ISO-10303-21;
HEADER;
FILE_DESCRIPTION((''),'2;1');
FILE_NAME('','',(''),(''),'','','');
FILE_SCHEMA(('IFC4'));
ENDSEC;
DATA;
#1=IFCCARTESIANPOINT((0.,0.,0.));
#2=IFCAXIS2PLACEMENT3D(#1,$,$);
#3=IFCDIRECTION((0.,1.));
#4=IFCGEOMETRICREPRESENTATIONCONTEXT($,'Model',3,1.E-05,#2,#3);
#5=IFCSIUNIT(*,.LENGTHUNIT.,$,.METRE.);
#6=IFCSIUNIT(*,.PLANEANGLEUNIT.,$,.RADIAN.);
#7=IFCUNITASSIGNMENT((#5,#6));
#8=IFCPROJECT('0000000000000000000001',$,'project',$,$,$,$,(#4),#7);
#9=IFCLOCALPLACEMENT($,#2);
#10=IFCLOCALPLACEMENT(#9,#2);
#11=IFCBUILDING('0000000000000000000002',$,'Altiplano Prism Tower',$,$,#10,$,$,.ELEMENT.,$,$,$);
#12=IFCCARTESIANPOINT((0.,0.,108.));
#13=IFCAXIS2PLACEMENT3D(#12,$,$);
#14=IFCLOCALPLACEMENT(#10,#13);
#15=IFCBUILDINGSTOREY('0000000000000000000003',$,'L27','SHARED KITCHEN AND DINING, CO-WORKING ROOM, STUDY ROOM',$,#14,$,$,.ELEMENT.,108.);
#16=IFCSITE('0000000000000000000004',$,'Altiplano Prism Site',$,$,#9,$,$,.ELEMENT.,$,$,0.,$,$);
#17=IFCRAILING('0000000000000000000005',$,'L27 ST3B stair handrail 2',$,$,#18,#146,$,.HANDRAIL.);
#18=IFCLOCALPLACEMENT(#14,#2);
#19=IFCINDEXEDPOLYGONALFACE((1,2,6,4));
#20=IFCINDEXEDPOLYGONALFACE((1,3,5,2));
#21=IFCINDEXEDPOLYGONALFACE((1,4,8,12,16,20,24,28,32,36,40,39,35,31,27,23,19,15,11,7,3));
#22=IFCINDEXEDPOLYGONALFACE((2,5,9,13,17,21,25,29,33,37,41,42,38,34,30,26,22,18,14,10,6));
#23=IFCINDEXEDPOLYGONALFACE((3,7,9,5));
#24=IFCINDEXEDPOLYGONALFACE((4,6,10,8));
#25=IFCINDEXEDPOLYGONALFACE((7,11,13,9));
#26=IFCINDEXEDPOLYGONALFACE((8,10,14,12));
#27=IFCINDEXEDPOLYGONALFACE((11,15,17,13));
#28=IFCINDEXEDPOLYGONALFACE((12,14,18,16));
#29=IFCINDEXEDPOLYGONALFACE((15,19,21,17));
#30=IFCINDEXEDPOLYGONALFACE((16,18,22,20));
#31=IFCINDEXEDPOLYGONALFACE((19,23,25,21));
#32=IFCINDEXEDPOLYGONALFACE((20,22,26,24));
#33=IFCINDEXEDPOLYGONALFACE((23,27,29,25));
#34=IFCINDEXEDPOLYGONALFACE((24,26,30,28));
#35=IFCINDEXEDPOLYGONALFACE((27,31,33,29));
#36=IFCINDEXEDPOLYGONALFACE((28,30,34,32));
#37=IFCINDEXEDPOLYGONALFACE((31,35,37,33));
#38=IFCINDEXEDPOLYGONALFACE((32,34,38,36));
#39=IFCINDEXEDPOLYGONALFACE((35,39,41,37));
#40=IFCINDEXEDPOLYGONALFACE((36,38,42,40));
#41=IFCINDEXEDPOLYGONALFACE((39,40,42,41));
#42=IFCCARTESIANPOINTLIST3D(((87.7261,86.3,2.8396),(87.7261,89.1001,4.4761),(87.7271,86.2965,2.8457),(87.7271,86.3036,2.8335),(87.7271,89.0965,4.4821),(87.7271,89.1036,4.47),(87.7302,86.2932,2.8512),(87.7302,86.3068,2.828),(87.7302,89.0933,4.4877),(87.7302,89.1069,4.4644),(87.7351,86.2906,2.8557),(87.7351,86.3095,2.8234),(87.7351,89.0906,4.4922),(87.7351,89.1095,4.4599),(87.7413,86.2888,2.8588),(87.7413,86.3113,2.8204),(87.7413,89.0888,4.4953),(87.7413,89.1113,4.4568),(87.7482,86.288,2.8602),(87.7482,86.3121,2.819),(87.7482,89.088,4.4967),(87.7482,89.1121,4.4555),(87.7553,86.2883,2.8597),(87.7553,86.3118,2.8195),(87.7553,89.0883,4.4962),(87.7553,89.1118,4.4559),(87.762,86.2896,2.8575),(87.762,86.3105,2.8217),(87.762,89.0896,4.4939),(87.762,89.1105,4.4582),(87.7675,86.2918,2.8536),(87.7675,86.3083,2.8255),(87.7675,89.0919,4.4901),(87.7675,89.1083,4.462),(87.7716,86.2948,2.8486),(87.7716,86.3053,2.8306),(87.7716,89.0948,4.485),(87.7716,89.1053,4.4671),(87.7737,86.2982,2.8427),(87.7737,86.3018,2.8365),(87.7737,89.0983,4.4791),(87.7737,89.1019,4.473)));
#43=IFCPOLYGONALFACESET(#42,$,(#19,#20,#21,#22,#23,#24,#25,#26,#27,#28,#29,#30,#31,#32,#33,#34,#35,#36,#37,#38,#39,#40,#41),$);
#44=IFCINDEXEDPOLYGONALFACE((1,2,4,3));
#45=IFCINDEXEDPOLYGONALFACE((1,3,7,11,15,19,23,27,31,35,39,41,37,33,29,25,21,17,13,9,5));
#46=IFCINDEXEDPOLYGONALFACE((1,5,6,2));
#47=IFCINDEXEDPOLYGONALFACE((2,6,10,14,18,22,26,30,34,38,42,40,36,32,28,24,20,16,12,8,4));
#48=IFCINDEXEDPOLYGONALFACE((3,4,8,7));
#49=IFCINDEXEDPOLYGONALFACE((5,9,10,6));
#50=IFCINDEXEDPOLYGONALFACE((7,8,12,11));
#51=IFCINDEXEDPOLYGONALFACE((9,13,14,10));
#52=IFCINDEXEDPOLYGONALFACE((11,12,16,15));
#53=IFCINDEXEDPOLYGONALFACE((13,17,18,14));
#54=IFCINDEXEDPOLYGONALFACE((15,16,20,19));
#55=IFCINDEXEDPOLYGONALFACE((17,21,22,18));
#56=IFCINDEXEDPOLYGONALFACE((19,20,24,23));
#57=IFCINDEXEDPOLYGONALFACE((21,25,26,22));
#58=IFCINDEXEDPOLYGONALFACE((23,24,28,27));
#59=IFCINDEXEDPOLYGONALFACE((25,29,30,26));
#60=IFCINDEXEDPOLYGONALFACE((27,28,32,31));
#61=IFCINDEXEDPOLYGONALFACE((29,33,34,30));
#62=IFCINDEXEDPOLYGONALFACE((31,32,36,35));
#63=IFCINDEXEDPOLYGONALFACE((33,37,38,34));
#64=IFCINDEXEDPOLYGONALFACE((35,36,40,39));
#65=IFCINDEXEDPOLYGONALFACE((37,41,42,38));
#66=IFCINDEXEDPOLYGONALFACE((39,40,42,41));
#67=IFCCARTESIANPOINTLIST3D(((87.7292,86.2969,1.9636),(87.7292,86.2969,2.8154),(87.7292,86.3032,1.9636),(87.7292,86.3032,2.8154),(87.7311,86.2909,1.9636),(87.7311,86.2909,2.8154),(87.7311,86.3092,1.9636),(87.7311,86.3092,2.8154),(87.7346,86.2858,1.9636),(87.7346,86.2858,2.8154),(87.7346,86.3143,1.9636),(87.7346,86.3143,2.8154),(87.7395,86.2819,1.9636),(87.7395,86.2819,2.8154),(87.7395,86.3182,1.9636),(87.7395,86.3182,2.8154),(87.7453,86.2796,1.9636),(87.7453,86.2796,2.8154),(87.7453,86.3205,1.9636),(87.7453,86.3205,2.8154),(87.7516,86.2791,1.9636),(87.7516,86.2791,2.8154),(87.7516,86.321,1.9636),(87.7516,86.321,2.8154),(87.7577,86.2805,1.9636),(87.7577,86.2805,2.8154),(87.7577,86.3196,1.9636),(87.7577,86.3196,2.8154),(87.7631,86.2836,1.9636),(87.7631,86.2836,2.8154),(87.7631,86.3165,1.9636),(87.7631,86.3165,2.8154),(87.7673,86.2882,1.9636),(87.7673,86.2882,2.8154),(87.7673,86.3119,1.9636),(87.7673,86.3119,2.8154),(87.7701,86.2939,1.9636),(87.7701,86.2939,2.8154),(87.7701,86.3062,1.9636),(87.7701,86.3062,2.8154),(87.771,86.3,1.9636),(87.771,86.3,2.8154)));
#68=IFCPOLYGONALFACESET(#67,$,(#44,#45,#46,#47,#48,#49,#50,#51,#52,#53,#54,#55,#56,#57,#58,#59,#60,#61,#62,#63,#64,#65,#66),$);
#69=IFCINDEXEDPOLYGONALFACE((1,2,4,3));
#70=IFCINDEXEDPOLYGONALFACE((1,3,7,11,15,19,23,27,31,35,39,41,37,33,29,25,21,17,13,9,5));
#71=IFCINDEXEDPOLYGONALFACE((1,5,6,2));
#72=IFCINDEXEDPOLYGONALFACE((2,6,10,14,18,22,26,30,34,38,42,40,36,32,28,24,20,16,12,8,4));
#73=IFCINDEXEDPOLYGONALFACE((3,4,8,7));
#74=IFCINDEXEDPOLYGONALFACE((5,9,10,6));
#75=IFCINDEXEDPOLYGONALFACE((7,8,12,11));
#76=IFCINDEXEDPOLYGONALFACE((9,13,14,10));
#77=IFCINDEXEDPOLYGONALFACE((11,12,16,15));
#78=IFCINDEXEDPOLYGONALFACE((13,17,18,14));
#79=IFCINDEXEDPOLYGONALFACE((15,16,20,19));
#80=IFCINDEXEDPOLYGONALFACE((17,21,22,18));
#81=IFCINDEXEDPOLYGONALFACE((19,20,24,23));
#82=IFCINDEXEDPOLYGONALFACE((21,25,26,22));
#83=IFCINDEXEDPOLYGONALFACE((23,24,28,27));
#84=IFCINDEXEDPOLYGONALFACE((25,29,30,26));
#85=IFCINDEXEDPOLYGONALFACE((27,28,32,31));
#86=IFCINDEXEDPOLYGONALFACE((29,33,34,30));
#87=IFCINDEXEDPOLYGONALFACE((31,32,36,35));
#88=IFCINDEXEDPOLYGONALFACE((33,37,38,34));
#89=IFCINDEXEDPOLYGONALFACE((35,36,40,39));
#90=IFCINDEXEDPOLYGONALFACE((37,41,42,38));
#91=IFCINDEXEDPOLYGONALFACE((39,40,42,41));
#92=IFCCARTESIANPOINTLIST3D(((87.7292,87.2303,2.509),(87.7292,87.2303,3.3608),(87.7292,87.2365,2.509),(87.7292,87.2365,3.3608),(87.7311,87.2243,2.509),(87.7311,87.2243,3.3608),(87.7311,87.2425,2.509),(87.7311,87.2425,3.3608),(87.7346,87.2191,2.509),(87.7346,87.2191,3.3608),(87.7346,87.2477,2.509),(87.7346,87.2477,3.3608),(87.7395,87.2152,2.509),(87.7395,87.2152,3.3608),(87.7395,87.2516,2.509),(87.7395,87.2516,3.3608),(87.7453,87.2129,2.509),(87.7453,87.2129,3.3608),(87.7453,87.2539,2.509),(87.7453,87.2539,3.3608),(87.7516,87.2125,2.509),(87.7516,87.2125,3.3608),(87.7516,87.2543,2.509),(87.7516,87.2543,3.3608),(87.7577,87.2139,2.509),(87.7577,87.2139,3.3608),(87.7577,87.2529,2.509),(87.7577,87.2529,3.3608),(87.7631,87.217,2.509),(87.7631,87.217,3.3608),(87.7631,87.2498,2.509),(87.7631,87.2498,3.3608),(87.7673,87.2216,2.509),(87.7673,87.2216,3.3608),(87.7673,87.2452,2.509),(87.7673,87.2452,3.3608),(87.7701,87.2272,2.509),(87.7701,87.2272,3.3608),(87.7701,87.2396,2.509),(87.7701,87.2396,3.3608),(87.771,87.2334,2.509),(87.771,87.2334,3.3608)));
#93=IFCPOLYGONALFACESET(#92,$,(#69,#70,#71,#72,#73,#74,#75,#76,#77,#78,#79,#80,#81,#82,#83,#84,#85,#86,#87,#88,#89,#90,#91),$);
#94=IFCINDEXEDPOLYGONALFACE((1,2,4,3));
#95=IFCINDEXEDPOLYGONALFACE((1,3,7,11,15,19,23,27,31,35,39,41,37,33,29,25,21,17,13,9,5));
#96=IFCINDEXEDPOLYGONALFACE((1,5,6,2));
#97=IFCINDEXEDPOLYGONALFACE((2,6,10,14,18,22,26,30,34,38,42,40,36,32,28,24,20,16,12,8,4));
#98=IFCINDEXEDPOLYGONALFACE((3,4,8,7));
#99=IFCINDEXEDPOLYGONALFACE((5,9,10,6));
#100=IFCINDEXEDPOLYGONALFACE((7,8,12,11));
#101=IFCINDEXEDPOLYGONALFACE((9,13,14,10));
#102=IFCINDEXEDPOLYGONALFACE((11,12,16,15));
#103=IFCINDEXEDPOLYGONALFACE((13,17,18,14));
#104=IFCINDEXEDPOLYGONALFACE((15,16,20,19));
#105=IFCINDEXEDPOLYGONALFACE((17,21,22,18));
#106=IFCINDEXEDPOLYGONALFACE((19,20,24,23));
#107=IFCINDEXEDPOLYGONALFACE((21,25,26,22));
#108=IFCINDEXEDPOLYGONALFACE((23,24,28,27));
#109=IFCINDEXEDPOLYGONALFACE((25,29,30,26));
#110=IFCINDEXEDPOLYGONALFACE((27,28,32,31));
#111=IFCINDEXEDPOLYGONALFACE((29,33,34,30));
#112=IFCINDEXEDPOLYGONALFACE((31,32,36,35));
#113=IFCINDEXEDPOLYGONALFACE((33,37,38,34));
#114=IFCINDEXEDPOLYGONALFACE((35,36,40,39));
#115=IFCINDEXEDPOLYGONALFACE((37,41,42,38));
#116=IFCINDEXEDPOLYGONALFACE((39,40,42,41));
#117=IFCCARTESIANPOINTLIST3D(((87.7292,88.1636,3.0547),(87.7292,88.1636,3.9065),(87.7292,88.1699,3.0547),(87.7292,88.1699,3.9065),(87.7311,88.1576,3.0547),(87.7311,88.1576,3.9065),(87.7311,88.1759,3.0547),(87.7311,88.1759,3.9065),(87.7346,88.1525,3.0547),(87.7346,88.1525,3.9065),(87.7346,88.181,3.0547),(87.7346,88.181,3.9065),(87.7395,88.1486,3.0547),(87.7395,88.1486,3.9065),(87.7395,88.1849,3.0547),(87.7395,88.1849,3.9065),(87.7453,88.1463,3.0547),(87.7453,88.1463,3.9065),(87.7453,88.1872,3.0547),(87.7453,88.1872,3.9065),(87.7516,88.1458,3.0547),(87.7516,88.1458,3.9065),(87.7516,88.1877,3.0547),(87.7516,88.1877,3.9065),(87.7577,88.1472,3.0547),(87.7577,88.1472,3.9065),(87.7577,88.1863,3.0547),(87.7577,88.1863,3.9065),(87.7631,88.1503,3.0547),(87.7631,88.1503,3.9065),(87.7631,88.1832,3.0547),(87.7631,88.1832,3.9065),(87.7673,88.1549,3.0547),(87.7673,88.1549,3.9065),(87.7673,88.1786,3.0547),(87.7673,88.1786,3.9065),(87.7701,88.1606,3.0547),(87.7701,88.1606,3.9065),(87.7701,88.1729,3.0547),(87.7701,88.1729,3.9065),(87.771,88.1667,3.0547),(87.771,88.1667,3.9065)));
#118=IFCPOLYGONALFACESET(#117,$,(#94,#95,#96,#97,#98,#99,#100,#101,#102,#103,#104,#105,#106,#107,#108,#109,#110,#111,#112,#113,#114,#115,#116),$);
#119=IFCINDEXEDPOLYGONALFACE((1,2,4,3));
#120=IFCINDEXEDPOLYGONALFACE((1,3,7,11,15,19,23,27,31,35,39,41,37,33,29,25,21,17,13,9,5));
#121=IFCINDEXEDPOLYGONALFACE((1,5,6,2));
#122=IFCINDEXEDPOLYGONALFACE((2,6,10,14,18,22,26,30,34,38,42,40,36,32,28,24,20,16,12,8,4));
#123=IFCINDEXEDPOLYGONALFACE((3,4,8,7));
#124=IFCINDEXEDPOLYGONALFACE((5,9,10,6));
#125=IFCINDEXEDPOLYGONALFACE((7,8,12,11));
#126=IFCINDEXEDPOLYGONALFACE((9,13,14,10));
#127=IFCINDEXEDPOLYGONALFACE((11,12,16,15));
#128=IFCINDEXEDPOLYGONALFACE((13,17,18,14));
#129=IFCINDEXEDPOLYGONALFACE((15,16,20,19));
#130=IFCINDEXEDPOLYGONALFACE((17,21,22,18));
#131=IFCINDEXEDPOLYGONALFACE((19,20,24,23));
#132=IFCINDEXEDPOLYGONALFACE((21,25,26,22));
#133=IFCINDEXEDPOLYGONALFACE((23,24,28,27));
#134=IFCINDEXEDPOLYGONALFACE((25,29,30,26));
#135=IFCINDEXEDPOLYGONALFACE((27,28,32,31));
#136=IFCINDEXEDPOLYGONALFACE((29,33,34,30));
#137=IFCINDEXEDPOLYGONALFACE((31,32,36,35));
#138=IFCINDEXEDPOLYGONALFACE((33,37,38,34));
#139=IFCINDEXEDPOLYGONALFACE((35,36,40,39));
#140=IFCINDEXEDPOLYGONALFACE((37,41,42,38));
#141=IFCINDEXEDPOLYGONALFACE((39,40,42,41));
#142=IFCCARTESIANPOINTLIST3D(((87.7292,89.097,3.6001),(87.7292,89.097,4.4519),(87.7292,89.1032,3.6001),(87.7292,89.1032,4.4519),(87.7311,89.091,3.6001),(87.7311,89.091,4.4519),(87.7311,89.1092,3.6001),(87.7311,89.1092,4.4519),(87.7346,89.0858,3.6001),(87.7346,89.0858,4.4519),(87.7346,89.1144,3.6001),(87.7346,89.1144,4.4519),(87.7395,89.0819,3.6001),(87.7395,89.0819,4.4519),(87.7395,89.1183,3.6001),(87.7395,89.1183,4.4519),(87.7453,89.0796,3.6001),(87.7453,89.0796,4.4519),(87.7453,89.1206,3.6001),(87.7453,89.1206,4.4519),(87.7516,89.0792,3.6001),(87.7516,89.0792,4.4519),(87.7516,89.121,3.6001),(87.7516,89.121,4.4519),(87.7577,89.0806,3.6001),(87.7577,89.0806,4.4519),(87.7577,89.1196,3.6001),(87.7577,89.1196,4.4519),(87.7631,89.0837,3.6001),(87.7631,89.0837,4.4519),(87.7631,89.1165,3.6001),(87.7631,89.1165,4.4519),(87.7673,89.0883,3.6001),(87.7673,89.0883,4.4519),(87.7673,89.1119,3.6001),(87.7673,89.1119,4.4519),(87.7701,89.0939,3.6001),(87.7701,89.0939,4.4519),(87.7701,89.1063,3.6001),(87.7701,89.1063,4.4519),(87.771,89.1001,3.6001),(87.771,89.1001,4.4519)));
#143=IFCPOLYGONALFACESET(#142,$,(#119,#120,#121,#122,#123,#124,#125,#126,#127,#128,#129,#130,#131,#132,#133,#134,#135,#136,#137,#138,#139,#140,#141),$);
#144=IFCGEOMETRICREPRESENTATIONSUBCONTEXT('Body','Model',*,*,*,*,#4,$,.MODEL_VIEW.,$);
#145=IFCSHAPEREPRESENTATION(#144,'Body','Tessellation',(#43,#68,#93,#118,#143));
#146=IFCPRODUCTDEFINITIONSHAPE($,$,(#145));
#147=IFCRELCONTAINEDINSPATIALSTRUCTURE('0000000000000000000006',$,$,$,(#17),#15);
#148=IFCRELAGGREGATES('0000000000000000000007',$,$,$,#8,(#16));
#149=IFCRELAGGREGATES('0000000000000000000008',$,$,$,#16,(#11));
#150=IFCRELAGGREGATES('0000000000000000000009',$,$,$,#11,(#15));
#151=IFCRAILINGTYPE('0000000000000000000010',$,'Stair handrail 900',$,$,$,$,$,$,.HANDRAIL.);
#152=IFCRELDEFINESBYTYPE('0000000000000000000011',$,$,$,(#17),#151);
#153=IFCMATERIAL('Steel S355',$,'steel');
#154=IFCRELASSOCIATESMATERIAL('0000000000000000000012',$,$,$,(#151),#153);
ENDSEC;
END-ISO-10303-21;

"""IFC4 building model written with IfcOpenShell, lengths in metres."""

from ifc_helpers import new_model, si_unit, direction, frame, origin, origin_2d, place, context, subcontext, project, spatial, circle, extrude, material, type_object, element, save


model = new_model("IFC4")

# Units and contexts
model_context = context("Model", 3, precision=1e-05, world=origin(), true_north=direction((0.0, 1.0)))
body_context = subcontext(model_context, "Body", "Model", "MODEL_VIEW")
ifc_project = project(units=[si_unit("LENGTHUNIT", "METRE"), si_unit("PLANEANGLEUNIT", "RADIAN")], contexts=[model_context])

# Site, building, storey
site_placement = place(None, origin())
site = spatial("IfcSite", under=ifc_project, at=site_placement, Name="Altiplano Prism Site", CompositionType="ELEMENT", RefElevation=0.0)
building_placement = place(site_placement, origin())
building = spatial("IfcBuilding", under=site, at=building_placement, Name="Altiplano Prism Tower", CompositionType="ELEMENT")
storey_placement = place(building_placement, frame((0.0, 0.0, 108.0)))
storey = spatial("IfcBuildingStorey", under=building, at=storey_placement, Name="L27", Description="SHARED KITCHEN AND DINING, CO-WORKING ROOM, STUDY ROOM", CompositionType="ELEMENT", Elevation=108.0)

# Railing
ifc_material_1 = material(Name="Steel S355", Category="steel")
railing_type = type_object("IfcRailingType", Name="Stair handrail 900", PredefinedType="HANDRAIL", material=ifc_material_1)
railing_1_placement = place(storey_placement, frame((87.75, 86.3, 1.9636)))
element("IfcRailing", 1, at=railing_1_placement, inside=storey, type_object=railing_type, Name="L27 ST3B stair handrail 2", PredefinedType="HANDRAIL", context=body_context, shape_type="SweptSolid", body=[
    extrude(circle(Radius=0.0239, at=origin_2d()), frame((0.0, 0.0, 0.876), z_axis=(0.0, 0.863361, 0.504587), x_axis=(-1.0, 0.0, 0.0)), (0.0, 0.0, 1.0), 3.2432),
    extrude(circle(Radius=0.021, at=origin_2d()), origin(), (0.0, 0.0, 1.0), 0.8518),
    extrude(circle(Radius=0.021, at=origin_2d()), frame((0.0, 0.9333, 0.5454)), (0.0, 0.0, 1.0), 0.8518),
    extrude(circle(Radius=0.021, at=origin_2d()), frame((0.0, 1.8667, 1.0911)), (0.0, 0.0, 1.0), 0.8518),
    extrude(circle(Radius=0.021, at=origin_2d()), frame((0.0, 2.8, 1.6365)), (0.0, 0.0, 1.0), 0.8518),
])

save(model, "model.ifc")
